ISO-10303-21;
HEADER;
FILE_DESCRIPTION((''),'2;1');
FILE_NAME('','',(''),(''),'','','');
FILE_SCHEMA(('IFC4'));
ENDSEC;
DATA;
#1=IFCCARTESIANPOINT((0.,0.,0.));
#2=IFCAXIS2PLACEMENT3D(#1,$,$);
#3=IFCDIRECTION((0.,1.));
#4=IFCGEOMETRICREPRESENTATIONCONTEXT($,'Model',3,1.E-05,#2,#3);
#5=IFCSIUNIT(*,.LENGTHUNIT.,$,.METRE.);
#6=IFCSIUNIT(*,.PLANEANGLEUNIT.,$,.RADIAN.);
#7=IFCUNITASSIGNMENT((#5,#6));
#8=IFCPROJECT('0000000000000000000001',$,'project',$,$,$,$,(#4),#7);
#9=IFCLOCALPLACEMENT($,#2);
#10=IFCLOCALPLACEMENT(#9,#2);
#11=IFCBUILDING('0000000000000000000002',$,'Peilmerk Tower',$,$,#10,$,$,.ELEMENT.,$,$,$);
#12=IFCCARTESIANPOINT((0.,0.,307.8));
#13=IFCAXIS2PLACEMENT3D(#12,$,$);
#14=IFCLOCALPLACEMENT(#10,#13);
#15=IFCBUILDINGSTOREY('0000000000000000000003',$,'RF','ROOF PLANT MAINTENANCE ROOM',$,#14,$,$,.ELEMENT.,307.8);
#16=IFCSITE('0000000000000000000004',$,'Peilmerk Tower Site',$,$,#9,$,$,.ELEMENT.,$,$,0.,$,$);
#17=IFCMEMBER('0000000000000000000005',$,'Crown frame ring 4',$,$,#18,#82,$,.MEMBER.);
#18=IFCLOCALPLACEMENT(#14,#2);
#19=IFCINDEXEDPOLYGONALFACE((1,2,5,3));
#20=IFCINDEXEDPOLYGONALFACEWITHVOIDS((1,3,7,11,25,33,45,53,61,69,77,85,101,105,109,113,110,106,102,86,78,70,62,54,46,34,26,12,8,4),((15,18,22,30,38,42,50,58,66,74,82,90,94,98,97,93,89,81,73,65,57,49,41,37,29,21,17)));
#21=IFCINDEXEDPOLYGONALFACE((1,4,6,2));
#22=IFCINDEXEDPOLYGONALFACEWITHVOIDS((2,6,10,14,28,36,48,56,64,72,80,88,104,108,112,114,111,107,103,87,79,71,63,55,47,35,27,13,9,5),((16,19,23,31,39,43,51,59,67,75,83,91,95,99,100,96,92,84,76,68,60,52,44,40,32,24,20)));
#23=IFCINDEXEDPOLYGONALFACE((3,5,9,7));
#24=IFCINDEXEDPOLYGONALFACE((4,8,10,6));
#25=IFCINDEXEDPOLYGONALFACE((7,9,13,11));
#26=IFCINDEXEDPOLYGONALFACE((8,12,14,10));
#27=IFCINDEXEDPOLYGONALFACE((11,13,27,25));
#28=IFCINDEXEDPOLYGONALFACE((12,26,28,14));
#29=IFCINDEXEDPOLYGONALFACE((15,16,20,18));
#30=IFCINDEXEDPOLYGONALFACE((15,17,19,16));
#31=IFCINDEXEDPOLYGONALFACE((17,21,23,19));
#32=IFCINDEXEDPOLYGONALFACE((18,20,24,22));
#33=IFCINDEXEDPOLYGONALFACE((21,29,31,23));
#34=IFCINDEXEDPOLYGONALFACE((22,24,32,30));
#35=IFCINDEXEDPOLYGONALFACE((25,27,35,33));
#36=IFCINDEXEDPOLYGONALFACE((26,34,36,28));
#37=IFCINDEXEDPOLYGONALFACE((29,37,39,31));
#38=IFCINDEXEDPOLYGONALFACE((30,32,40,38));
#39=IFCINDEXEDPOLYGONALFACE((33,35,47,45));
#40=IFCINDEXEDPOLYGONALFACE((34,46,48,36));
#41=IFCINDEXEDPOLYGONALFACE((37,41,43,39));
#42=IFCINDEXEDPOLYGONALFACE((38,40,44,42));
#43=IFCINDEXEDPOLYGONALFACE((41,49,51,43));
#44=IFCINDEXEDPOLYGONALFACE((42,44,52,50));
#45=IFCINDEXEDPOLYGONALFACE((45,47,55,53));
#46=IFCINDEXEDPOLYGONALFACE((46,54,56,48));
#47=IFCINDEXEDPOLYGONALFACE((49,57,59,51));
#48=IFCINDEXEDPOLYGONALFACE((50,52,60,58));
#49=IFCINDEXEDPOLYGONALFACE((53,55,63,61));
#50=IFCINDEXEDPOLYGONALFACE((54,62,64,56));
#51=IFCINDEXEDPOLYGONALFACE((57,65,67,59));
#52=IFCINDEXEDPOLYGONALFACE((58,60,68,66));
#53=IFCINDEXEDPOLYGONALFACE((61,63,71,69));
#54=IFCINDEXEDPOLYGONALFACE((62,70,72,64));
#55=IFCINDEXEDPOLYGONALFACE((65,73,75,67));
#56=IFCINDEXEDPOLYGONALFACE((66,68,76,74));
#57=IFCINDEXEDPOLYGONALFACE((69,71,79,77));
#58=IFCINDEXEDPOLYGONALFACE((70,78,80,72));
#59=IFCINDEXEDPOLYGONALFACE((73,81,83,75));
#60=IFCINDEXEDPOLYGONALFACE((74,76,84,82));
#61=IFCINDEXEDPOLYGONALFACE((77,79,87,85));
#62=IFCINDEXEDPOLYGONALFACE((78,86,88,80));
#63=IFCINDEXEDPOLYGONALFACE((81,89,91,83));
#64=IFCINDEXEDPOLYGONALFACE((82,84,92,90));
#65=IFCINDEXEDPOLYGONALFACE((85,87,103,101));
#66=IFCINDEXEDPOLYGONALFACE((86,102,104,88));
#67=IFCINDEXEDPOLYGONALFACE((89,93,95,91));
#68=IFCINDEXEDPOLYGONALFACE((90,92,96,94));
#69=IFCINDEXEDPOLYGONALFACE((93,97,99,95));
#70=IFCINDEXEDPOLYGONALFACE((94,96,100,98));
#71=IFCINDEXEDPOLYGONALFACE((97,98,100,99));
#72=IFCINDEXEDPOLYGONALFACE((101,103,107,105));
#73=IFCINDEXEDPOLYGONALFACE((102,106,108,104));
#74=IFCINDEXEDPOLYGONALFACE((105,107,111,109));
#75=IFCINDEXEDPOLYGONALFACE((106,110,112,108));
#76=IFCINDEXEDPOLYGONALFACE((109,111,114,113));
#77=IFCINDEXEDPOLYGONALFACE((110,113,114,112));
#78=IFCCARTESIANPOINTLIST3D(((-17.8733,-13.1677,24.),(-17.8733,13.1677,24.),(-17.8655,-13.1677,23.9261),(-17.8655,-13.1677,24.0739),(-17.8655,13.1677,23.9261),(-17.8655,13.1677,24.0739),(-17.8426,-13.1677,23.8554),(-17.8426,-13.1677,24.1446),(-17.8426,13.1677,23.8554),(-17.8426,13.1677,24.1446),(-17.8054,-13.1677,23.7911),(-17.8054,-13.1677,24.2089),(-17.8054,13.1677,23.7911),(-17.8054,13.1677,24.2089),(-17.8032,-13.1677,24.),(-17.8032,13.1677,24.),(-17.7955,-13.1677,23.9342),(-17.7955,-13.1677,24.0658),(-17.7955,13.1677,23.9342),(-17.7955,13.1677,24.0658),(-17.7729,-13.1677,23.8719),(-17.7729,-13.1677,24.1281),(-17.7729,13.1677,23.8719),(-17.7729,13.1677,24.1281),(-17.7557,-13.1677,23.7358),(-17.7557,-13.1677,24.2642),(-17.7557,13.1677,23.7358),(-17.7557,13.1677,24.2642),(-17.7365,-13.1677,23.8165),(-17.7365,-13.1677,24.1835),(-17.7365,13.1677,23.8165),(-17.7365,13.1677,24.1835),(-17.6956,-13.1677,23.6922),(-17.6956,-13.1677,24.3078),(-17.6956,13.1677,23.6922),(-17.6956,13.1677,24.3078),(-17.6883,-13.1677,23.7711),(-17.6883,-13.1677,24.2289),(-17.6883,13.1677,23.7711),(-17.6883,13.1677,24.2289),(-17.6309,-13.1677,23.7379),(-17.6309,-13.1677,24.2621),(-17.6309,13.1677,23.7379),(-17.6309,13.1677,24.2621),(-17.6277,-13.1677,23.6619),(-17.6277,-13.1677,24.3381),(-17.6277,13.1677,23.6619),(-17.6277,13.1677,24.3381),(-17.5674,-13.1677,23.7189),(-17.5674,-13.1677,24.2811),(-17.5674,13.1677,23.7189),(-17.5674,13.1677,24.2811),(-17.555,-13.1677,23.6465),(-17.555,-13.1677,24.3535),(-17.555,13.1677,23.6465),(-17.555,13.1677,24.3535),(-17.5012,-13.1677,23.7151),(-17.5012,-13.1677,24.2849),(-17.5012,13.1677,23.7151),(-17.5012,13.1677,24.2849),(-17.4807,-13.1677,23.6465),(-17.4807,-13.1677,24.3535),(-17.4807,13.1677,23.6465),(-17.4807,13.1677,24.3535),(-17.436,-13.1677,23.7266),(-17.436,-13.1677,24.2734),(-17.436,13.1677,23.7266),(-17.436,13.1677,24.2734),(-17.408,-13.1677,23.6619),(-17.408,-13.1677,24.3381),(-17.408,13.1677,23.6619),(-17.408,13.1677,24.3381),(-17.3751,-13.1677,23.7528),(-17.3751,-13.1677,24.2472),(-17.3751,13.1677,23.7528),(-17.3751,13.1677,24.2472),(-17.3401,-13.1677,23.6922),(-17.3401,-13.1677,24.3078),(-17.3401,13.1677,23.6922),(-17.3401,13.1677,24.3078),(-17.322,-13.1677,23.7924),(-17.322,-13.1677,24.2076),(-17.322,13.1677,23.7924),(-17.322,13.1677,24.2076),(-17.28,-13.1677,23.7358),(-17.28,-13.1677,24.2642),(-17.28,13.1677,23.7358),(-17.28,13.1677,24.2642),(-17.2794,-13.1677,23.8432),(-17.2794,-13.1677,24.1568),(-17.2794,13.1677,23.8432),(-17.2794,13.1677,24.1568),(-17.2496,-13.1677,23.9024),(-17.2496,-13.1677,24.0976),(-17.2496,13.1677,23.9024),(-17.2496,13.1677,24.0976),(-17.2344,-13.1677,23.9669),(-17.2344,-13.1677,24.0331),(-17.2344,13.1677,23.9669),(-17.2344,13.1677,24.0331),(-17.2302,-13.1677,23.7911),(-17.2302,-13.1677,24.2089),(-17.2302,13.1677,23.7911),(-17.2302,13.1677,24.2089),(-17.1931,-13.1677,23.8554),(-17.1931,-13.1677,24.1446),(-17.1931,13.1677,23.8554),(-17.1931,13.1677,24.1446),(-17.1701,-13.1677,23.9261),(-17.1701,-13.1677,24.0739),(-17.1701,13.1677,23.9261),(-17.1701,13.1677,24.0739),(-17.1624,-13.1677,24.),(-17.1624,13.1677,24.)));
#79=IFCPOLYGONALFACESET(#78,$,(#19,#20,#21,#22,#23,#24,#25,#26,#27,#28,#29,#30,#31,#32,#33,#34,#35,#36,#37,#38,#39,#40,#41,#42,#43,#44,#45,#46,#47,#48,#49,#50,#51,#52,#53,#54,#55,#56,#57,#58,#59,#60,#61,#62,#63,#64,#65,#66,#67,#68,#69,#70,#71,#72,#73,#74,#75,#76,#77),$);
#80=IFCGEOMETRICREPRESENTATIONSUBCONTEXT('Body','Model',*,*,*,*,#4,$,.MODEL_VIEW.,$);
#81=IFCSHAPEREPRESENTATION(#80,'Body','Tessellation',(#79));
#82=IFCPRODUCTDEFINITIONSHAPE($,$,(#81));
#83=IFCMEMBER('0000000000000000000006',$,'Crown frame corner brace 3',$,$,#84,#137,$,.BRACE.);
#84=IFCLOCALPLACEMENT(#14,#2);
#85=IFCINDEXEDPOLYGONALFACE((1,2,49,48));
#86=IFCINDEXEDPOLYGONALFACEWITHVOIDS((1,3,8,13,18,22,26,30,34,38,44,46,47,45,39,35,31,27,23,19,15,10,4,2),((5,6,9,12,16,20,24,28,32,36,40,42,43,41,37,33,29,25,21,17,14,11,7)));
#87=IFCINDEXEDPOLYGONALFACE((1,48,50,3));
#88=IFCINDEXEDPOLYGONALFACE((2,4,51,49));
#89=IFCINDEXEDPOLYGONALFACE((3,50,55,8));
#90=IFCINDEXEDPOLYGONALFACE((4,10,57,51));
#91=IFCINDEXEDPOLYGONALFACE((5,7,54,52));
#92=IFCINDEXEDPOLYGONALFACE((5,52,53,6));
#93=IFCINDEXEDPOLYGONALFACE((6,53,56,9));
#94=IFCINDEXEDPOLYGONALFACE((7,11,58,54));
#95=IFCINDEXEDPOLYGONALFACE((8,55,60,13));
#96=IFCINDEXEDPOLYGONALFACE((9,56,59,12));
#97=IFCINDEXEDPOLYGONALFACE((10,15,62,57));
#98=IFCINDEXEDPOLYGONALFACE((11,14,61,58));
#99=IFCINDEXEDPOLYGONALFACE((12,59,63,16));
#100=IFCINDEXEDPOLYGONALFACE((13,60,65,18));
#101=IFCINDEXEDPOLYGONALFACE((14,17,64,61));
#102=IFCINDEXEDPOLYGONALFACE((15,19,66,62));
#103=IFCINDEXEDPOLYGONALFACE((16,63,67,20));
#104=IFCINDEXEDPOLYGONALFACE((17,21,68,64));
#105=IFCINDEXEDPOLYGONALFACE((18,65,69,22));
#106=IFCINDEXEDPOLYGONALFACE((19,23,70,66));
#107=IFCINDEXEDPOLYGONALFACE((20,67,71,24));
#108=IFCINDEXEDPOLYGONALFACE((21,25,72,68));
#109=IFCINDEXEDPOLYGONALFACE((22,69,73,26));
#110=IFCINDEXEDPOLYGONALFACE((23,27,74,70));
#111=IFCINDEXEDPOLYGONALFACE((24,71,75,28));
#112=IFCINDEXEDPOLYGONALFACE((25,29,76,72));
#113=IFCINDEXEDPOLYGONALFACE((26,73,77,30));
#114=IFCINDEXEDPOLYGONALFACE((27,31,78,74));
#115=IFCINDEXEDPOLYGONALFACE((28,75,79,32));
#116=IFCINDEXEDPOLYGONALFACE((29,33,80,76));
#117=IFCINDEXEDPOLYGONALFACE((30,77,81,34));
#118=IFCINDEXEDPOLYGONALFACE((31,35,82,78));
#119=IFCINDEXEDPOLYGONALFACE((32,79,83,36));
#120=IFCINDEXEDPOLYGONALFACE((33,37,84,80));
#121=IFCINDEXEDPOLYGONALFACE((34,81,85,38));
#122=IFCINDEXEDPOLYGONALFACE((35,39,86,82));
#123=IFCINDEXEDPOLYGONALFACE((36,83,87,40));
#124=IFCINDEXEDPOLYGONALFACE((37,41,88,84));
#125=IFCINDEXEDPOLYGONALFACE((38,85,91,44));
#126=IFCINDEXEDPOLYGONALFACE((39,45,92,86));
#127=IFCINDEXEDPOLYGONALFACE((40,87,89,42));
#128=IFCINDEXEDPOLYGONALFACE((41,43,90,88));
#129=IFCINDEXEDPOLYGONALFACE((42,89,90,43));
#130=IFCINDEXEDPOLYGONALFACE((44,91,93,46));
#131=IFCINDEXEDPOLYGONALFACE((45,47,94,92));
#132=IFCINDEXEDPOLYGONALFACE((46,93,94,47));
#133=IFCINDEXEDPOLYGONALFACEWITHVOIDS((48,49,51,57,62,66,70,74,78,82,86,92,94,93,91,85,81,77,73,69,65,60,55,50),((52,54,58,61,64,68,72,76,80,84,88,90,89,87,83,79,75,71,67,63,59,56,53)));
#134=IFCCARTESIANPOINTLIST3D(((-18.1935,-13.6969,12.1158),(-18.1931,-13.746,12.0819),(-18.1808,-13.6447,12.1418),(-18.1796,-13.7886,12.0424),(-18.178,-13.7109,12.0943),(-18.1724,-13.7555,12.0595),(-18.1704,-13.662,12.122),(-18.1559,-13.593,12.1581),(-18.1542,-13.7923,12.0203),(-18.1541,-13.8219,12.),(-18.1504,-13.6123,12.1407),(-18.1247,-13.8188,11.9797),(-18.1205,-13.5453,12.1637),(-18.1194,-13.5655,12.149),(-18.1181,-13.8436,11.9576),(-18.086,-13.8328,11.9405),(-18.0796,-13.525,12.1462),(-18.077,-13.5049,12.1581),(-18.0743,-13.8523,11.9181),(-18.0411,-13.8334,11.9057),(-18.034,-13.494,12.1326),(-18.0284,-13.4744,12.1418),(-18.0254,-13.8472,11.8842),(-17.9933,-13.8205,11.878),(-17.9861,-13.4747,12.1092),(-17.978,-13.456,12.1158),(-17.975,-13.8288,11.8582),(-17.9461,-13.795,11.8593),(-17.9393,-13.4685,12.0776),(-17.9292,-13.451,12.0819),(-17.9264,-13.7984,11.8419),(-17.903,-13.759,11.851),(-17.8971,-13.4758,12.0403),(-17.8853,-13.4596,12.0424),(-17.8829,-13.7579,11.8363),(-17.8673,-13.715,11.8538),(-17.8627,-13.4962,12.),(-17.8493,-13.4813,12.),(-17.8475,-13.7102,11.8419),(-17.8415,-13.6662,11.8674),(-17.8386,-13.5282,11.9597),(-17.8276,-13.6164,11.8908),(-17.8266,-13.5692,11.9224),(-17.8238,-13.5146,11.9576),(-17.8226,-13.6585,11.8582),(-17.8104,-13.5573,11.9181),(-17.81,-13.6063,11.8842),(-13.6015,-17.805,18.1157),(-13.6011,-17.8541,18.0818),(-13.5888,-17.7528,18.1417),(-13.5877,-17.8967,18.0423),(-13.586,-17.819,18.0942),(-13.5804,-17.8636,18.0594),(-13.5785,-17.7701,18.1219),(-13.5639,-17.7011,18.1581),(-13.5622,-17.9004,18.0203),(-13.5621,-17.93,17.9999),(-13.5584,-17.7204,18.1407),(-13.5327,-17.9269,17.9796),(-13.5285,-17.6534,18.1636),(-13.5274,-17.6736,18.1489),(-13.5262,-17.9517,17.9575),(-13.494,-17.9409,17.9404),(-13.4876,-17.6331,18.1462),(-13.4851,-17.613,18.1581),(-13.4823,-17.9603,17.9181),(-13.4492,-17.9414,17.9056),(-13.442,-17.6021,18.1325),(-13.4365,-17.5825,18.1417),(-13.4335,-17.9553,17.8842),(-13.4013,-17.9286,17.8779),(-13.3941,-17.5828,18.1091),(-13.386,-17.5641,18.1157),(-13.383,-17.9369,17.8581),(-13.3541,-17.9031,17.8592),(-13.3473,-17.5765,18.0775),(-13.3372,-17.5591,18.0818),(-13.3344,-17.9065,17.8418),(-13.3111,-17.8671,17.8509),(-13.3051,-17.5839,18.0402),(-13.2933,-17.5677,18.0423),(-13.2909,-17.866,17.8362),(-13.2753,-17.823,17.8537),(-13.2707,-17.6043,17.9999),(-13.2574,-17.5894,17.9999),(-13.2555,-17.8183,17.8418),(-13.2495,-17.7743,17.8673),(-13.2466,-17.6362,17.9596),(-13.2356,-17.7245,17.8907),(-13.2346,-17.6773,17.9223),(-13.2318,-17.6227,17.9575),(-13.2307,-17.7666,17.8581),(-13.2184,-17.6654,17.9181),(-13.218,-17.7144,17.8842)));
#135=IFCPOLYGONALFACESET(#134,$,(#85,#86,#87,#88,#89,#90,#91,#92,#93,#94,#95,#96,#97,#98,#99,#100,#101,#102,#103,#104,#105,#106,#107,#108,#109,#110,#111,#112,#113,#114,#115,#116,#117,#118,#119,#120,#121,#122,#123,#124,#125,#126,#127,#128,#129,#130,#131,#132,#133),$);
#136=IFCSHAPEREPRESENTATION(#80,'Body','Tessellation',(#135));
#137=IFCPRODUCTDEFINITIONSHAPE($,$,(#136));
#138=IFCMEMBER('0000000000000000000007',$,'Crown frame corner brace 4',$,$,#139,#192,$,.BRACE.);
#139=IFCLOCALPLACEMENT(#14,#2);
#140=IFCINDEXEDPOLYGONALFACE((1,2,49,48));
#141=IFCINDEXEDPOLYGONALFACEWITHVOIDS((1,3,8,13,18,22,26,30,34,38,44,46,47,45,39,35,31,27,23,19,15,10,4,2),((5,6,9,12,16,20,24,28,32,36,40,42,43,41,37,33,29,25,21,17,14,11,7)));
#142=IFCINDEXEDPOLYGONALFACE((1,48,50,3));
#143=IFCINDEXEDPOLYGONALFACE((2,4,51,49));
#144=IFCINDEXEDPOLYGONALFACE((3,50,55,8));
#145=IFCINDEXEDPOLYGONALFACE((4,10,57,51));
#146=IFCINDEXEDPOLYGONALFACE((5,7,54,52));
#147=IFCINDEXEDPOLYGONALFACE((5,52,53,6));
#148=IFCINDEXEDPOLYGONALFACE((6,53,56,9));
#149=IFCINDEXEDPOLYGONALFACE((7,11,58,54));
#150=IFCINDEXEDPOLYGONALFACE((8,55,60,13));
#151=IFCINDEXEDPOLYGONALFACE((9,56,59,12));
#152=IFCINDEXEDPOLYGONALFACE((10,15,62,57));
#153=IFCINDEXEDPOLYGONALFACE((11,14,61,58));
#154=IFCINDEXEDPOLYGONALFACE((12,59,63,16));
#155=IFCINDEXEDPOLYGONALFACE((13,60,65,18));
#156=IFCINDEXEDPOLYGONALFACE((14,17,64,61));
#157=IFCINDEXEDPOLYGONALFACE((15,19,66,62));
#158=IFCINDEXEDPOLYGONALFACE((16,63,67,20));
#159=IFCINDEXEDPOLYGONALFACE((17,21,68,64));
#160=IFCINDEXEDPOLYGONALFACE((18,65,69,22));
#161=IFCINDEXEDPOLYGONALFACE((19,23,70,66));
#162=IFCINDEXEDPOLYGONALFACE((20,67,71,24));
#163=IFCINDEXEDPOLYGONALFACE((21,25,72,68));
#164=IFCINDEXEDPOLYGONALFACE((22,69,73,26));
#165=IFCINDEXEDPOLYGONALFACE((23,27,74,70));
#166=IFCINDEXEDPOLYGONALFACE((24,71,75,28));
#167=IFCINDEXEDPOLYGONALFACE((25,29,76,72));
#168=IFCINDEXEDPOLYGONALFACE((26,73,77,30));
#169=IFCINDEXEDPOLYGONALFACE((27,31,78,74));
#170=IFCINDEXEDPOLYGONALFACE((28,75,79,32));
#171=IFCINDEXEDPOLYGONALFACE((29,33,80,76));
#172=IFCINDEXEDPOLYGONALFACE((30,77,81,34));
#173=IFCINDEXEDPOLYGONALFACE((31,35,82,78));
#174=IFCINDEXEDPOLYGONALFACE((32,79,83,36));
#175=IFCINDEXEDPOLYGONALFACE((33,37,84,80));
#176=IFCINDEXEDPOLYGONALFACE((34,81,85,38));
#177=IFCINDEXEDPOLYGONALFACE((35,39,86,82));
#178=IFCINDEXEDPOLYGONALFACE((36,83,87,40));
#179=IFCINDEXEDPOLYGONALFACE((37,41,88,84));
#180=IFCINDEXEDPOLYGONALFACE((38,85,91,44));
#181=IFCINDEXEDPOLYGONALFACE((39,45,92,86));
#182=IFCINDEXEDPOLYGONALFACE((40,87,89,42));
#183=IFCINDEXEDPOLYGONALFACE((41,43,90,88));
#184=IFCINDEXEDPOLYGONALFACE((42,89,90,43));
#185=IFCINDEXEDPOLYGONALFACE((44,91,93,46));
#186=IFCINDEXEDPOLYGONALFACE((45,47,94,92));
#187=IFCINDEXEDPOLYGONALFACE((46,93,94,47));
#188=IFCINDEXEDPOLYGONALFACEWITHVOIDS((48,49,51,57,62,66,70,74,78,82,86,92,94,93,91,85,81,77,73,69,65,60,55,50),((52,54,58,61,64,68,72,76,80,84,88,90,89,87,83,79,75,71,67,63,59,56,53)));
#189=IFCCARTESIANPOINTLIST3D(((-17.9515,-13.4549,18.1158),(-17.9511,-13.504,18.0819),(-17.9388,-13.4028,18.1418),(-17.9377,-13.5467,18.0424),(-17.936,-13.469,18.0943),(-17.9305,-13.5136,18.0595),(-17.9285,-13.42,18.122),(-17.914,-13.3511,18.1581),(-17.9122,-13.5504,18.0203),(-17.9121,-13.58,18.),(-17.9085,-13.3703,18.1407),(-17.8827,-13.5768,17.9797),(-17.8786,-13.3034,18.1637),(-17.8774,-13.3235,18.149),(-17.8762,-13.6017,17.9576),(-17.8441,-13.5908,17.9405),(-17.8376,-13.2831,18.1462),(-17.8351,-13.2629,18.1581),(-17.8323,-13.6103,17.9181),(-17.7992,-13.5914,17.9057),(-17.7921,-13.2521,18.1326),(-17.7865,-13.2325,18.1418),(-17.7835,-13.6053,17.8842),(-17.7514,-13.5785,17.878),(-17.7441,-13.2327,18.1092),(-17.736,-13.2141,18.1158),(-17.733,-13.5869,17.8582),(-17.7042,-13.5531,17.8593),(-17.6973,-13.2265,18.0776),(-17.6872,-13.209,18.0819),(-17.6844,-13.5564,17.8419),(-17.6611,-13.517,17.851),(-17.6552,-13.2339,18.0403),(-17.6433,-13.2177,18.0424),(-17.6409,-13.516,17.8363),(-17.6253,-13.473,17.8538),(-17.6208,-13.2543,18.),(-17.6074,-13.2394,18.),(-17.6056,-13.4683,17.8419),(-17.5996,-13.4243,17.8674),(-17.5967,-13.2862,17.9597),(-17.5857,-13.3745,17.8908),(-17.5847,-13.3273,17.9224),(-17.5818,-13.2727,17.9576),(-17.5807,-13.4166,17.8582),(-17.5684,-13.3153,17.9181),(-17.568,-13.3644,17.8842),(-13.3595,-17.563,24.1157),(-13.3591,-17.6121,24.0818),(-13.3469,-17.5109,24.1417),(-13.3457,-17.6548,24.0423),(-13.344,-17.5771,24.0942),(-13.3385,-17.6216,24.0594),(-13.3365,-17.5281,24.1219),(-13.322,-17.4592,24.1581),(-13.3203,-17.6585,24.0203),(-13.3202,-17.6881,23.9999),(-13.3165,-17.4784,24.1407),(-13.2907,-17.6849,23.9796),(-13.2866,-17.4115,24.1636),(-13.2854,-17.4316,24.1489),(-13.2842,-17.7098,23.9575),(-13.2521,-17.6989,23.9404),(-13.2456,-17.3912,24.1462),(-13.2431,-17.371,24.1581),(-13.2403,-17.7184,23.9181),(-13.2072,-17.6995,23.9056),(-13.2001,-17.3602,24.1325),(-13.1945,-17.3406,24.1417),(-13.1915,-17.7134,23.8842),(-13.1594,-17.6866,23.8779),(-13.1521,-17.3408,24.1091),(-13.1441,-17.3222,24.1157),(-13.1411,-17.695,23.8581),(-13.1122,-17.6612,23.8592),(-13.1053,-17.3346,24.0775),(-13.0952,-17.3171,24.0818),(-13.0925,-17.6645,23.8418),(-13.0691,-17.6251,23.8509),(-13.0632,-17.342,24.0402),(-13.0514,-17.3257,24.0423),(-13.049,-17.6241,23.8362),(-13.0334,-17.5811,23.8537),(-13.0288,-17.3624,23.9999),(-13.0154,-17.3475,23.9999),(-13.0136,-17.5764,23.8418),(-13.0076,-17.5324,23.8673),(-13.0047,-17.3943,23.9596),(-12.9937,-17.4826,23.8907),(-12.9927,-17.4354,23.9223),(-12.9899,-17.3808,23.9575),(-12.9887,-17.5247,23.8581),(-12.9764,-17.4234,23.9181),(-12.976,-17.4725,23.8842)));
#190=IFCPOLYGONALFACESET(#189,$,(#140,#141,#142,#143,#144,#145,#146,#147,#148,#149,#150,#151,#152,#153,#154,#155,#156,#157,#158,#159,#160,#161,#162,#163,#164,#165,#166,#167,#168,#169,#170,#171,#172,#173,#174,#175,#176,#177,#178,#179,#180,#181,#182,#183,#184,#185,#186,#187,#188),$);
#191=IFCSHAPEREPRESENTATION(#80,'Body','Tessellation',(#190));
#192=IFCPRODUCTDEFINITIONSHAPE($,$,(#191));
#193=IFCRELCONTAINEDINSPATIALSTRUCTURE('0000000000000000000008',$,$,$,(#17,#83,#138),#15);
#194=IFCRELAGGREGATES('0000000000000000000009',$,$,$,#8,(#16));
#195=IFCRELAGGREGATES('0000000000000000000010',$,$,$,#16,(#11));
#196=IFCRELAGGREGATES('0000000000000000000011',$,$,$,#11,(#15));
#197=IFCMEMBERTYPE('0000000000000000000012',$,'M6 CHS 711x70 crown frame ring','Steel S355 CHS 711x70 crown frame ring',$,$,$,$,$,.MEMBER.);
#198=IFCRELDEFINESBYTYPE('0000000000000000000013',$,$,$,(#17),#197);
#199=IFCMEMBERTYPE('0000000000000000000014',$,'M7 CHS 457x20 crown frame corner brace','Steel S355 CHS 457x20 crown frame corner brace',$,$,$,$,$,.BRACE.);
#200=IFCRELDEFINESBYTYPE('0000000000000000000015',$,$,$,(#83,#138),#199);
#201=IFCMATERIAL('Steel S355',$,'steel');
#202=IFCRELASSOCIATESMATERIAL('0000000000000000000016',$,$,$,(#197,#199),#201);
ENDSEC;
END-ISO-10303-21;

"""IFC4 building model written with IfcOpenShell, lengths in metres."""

from ifc_helpers import new_model, si_unit, direction, frame, origin, origin_2d, place, context, subcontext, project, spatial, hollow_circle, extrude, material, material_profile, profile_set, type_object, element, save


model = new_model("IFC4")

# Units and contexts
model_context = context("Model", 3, precision=1e-05, world=origin(), true_north=direction((0.0, 1.0)))
body_context = subcontext(model_context, "Body", "Model", "MODEL_VIEW")
ifc_project = project(units=[si_unit("LENGTHUNIT", "METRE"), si_unit("PLANEANGLEUNIT", "RADIAN")], contexts=[model_context])

# Site, building, storey
site_placement = place(None, origin())
site = spatial("IfcSite", under=ifc_project, at=site_placement, Name="Peilmerk Tower Site", CompositionType="ELEMENT", RefElevation=0.0)
building_placement = place(site_placement, origin())
building = spatial("IfcBuilding", under=site, at=building_placement, Name="Peilmerk Tower", CompositionType="ELEMENT")
storey_placement = place(building_placement, frame((0.0, 0.0, 307.8)))
storey = spatial("IfcBuildingStorey", under=building, at=storey_placement, Name="RF", Description="ROOF PLANT MAINTENANCE ROOM", CompositionType="ELEMENT", Elevation=307.8)

# Shared definitions
ifc_material_1 = material(Name="Steel S355", Category="steel")

# Members
ifc_material_profile_1 = material_profile(ifc_material_1, hollow_circle(Radius=0.3555, WallThickness=0.0701, at=origin_2d()), Name="CHS 711x70")
ifc_profile_set_1 = profile_set([ifc_material_profile_1], Name="Steel S355")
member_type_1 = type_object("IfcMemberType", Name="M6 CHS 711x70 crown frame ring", Description="Steel S355 CHS 711x70 crown frame ring", PredefinedType="MEMBER", material=ifc_profile_set_1)
member_1_placement = place(storey_placement, frame((-17.5178, -13.1677, 24.0), z_axis=(0.0, 1.0, 0.0), x_axis=(-1.0, 0.0, 0.0)))
element("IfcMember", 1, at=member_1_placement, inside=storey, type_object=member_type_1, Name="Crown frame ring 4", PredefinedType="MEMBER", context=body_context, shape_type="SweptSolid", body=[
    extrude(hollow_circle(Radius=0.3555, WallThickness=0.0701, at=origin_2d()), origin(), (0.0, 0.0, 1.0), 26.3354),
])
ifc_material_profile_2 = material_profile(ifc_material_1, hollow_circle(Radius=0.2285, WallThickness=0.02, at=origin_2d()), Name="CHS 457x20")
ifc_profile_set_2 = profile_set([ifc_material_profile_2], Name="Steel S355")
member_type_2 = type_object("IfcMemberType", Name="M7 CHS 457x20 crown frame corner brace", Description="Steel S355 CHS 457x20 crown frame corner brace", PredefinedType="BRACE", material=ifc_profile_set_2)
for number, where, z_axis, x_axis, name in (
    (2, (-18.0017, -13.6516, 12.0), (0.533945, -0.47768, 0.697657), (0.666749, 0.745283, 0.0), "Crown frame corner brace 3"),
    (3, (-17.7598, -13.4097, 18.0), (0.533945, -0.47768, 0.697657), (0.666749, 0.745283, 0.0), "Crown frame corner brace 4"),
):
    element("IfcMember", number, at=place(storey_placement, frame(where, z_axis=z_axis, x_axis=x_axis)), inside=storey, type_object=member_type_2, Name=name, PredefinedType="BRACE", context=body_context, shape_type="SweptSolid", body=[
        extrude(hollow_circle(Radius=0.2285, WallThickness=0.02, at=origin_2d()), origin(), (0.0, 0.0, 1.0), 8.6001),
    ])

save(model, "model.ifc")
